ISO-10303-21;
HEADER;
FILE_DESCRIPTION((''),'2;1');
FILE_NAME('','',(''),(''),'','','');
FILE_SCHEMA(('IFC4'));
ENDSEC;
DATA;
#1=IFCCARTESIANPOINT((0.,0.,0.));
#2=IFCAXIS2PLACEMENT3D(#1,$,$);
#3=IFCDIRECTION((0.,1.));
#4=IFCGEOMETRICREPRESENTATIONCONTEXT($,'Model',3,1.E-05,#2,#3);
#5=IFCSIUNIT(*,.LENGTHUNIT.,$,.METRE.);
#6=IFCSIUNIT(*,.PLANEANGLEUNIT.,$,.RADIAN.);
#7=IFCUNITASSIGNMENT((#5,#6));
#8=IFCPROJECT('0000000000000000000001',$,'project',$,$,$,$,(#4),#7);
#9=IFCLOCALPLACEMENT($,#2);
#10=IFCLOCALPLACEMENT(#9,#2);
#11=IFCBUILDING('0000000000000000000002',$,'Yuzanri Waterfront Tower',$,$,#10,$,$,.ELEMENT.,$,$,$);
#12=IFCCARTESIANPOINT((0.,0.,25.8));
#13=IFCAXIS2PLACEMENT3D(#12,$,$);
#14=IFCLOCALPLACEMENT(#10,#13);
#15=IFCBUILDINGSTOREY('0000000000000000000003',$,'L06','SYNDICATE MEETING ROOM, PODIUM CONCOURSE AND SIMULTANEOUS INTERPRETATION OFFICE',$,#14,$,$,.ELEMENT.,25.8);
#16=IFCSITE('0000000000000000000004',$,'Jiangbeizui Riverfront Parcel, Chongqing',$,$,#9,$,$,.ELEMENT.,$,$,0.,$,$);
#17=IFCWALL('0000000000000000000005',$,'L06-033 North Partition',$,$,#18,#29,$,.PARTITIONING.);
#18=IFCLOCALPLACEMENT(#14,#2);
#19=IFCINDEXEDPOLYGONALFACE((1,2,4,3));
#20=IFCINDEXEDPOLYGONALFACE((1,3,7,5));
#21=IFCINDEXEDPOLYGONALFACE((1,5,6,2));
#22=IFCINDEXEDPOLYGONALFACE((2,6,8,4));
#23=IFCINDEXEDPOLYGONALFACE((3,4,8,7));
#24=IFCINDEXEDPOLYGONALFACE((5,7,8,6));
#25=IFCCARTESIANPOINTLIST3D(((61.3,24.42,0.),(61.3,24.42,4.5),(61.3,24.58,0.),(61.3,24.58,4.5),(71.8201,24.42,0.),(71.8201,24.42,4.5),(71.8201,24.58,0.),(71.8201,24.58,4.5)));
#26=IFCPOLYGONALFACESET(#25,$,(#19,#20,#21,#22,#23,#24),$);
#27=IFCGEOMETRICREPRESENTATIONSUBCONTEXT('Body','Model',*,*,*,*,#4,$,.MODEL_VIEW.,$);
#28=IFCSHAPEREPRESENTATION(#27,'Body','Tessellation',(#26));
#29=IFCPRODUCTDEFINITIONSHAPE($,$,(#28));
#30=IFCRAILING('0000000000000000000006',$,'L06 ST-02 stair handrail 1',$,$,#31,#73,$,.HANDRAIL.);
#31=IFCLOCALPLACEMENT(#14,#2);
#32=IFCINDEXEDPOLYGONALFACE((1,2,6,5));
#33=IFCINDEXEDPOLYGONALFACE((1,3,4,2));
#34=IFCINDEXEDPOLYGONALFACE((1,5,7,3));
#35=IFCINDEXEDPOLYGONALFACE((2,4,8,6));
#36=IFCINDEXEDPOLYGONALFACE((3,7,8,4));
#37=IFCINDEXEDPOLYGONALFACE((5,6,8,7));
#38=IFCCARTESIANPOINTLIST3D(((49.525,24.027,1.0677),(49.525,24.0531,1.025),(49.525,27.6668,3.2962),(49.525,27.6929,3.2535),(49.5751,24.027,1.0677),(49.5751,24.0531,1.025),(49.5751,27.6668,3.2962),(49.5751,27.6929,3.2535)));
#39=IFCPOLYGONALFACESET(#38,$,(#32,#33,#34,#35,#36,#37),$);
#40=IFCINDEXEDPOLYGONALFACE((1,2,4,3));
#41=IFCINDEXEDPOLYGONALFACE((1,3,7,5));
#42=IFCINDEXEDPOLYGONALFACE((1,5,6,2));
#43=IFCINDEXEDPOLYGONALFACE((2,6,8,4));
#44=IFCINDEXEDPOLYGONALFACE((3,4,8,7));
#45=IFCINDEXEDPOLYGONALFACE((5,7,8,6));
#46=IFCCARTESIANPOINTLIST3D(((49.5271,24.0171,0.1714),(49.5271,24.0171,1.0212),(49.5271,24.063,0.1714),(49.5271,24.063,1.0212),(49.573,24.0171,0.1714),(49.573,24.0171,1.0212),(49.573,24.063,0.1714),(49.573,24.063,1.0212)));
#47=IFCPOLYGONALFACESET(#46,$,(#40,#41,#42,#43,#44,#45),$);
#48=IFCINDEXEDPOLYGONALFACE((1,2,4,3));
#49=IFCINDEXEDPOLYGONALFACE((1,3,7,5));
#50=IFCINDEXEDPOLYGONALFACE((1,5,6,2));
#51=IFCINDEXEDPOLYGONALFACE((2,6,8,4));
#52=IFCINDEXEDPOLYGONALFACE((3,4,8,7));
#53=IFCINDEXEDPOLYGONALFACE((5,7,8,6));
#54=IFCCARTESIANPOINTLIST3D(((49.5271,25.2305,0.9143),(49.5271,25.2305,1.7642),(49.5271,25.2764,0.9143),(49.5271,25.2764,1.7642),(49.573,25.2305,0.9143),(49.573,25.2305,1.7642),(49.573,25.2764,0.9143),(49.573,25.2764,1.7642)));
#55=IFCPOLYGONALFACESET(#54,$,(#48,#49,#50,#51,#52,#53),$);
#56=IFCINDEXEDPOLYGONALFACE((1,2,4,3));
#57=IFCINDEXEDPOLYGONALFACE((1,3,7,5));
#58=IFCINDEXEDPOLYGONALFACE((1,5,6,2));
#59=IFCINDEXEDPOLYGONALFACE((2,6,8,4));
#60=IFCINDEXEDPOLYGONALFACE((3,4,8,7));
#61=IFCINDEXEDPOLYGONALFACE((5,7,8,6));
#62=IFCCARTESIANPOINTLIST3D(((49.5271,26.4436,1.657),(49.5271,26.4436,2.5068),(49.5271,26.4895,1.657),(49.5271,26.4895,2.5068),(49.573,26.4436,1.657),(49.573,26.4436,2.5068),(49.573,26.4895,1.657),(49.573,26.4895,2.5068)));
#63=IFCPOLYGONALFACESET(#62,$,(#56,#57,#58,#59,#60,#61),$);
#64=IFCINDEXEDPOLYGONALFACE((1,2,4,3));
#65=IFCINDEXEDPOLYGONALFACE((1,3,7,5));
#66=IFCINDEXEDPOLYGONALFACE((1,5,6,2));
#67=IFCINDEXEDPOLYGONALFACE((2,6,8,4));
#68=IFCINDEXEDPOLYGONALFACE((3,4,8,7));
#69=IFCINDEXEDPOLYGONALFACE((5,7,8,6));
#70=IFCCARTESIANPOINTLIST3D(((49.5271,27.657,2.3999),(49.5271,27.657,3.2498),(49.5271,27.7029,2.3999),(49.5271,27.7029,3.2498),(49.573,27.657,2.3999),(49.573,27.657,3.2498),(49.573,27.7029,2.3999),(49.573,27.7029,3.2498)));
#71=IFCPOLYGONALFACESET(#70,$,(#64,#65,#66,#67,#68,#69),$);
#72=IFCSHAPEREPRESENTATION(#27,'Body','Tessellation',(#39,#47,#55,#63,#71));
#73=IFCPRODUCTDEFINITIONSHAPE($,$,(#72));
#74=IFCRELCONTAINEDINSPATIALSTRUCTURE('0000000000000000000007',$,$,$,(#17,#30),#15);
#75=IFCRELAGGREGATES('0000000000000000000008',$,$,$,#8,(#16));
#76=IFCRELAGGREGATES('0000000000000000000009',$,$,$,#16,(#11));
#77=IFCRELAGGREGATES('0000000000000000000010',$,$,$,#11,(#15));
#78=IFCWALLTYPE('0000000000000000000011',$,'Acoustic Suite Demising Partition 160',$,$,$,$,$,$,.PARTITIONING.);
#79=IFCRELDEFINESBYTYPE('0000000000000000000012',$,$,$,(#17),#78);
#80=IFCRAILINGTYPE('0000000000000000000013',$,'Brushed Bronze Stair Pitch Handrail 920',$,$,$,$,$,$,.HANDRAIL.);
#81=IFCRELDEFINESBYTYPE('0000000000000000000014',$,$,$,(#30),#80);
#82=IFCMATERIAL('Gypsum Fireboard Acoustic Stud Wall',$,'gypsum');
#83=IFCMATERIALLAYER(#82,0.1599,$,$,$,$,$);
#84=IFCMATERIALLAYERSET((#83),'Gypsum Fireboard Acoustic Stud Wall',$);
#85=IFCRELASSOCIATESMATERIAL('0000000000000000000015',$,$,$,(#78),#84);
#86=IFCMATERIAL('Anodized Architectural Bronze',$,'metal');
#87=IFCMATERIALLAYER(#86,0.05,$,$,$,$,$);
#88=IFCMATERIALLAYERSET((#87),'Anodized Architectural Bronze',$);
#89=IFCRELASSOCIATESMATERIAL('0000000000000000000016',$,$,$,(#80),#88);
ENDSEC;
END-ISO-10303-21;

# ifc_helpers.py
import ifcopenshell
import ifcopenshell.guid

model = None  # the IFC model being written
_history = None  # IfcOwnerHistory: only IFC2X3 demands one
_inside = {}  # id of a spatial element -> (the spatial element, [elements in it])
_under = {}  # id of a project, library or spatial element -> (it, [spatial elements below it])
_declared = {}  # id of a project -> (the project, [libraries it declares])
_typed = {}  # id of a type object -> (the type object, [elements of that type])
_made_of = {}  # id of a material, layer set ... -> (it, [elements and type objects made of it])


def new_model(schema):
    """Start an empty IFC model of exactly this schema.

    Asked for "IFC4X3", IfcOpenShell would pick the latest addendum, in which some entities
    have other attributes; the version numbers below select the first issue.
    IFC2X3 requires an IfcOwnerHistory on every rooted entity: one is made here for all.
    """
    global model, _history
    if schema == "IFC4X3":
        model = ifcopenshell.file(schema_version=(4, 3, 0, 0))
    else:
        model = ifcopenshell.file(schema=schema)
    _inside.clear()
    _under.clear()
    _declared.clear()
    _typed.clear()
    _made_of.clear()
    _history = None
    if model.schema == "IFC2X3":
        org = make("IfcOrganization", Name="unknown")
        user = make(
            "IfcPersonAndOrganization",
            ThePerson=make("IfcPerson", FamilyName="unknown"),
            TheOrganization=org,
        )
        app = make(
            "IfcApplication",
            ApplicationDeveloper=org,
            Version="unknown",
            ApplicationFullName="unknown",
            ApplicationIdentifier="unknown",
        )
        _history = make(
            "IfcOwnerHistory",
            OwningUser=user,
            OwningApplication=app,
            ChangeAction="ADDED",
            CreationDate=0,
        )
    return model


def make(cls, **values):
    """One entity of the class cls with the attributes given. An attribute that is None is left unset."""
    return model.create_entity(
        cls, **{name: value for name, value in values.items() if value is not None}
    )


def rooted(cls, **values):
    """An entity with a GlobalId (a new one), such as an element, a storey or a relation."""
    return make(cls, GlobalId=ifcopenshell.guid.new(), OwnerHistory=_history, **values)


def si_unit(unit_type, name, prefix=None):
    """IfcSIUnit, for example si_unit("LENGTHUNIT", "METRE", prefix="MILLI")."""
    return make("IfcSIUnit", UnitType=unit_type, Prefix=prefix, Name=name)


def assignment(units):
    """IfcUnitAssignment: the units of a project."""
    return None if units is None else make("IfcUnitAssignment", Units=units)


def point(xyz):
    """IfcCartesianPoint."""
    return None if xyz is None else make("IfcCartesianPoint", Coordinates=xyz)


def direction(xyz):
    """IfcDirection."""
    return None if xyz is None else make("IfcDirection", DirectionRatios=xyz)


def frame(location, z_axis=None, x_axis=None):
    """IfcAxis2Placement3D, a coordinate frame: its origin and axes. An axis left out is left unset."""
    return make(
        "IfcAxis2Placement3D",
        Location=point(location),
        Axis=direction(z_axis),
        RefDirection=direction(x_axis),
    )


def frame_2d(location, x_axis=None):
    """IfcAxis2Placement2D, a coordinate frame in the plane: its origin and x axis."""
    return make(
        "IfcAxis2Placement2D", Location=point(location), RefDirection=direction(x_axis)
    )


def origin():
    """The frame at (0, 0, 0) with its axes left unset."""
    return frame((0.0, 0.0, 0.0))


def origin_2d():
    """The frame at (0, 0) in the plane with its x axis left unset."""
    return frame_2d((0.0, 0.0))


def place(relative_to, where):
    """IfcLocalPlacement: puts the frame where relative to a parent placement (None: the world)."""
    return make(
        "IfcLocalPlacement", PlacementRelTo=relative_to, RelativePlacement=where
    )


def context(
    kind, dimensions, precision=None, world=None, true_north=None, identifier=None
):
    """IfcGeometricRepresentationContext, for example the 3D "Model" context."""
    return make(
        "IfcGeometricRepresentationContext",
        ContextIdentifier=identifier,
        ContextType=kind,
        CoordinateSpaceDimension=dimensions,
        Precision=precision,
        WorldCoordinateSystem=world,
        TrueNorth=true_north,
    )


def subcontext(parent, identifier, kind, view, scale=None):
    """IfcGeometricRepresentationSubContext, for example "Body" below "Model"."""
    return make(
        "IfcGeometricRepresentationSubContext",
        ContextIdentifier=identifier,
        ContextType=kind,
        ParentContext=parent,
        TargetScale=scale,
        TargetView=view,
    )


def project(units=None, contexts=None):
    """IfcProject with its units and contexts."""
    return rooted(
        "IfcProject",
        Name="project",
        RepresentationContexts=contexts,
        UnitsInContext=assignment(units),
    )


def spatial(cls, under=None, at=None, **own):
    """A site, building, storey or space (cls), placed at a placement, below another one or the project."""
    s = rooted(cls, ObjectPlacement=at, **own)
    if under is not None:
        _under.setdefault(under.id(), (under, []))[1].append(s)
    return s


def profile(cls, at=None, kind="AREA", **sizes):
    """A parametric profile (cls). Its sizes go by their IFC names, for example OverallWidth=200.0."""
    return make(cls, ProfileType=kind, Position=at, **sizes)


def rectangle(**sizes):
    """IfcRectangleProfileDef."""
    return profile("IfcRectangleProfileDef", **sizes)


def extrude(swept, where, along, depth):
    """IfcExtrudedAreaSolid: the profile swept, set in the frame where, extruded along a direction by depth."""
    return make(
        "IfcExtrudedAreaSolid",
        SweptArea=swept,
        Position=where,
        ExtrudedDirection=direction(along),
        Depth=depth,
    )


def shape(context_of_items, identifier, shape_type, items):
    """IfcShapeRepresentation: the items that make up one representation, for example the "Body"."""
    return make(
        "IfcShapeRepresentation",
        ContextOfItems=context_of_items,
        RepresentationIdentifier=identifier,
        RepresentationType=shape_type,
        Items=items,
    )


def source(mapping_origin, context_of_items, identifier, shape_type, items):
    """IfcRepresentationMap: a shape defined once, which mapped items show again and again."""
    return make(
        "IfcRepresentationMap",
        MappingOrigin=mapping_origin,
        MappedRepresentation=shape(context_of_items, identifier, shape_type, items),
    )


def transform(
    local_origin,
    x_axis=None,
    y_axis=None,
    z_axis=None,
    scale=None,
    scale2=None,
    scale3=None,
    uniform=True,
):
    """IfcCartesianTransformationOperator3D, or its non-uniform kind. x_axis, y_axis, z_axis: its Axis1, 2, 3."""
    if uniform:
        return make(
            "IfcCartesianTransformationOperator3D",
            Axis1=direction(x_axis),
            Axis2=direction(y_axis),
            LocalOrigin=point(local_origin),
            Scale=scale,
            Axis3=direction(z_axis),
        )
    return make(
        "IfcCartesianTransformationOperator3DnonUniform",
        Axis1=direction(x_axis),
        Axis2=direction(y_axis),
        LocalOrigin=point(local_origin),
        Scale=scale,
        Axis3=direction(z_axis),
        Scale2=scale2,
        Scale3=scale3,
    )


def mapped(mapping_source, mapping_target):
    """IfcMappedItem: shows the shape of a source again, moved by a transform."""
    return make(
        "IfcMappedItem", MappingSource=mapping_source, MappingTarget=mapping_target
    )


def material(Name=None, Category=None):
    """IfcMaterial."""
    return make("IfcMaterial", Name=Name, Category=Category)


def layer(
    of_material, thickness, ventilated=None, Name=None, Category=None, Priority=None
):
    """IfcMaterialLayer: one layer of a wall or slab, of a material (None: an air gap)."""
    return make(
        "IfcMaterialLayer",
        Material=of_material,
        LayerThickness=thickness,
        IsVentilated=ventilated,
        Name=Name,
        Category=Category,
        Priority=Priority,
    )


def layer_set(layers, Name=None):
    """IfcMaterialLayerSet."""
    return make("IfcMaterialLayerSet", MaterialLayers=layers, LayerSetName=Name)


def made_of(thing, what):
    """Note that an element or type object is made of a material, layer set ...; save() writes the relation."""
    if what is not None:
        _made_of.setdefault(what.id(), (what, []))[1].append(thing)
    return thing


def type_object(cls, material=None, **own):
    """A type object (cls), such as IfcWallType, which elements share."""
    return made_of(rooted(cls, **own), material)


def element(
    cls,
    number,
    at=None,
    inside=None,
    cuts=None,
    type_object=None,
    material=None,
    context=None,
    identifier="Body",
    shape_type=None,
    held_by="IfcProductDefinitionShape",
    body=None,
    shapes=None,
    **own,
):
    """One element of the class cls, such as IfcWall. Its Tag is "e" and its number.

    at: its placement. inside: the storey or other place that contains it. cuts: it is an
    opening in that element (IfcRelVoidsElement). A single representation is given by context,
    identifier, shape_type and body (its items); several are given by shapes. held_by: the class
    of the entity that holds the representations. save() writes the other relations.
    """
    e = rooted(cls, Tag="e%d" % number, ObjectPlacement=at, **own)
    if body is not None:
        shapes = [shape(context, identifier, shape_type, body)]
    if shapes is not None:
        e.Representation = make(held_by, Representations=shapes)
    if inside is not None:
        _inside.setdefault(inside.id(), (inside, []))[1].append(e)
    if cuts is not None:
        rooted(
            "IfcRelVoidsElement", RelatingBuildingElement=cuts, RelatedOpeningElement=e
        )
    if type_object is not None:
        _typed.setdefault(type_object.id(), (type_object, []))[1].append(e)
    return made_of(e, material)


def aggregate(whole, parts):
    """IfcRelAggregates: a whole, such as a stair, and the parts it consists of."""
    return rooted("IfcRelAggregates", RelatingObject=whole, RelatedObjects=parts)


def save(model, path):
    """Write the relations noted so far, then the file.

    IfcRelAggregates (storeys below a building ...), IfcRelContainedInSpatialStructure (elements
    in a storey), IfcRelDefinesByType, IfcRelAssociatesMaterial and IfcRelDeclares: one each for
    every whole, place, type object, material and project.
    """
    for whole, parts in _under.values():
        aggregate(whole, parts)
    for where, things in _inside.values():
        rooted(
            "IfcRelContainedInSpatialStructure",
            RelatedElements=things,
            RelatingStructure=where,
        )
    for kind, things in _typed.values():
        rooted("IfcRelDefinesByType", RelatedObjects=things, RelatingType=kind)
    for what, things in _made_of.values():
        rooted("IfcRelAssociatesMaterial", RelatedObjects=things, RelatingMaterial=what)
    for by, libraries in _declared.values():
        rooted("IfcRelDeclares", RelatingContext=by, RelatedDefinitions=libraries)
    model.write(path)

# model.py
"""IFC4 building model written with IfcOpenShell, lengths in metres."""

from ifc_helpers import new_model, si_unit, direction, frame, frame_2d, origin, origin_2d, place, context, subcontext, project, spatial, rectangle, extrude, source, transform, mapped, material, layer, layer_set, type_object, element, save


model = new_model("IFC4")

# Units and contexts
model_context = context("Model", 3, precision=1e-05, world=origin(), true_north=direction((0.0, 1.0)))
body_context = subcontext(model_context, "Body", "Model", "MODEL_VIEW")
ifc_project = project(units=[si_unit("LENGTHUNIT", "METRE"), si_unit("PLANEANGLEUNIT", "RADIAN")], contexts=[model_context])

# Site, building, storey
site_placement = place(None, origin())
site = spatial("IfcSite", under=ifc_project, at=site_placement, Name="Jiangbeizui Riverfront Parcel, Chongqing", CompositionType="ELEMENT", RefElevation=0.0)
building_placement = place(site_placement, origin())
building = spatial("IfcBuilding", under=site, at=building_placement, Name="Yuzanri Waterfront Tower", CompositionType="ELEMENT")
storey_placement = place(building_placement, frame((0.0, 0.0, 25.8)))
storey = spatial("IfcBuildingStorey", under=building, at=storey_placement, Name="L06", Description="SYNDICATE MEETING ROOM, PODIUM CONCOURSE AND SIMULTANEOUS INTERPRETATION OFFICE", CompositionType="ELEMENT", Elevation=25.8)

# Wall
ifc_material_1 = material(Name="Gypsum Fireboard Acoustic Stud Wall", Category="gypsum")
ifc_layer_1 = layer(ifc_material_1, 0.1599)
ifc_layer_set_1 = layer_set([ifc_layer_1], Name="Gypsum Fireboard Acoustic Stud Wall")
wall_type_1 = type_object("IfcWallType", Name="Acoustic Suite Demising Partition 160", PredefinedType="PARTITIONING", material=ifc_layer_set_1)
shared_shape_1 = source(origin(), body_context, "Body", "SweptSolid", [
    extrude(rectangle(XDim=10.52, YDim=0.1599, at=frame_2d((5.26, 0.0))), origin(), (0.0, 0.0, 1.0), 4.5),
])
wall_1_placement = place(storey_placement, frame((61.3, 24.5, 0.0), z_axis=(0.0, 0.0, 1.0), x_axis=(1.0, 0.0, 0.0)))
element("IfcWall", 1, at=wall_1_placement, inside=storey, type_object=wall_type_1, Name="L06-033 North Partition", PredefinedType="PARTITIONING", context=body_context, shape_type="MappedRepresentation", body=[
    mapped(shared_shape_1, transform((0.0, 0.0, 0.0), scale=1.0)),
])

# Railing
ifc_material_2 = material(Name="Anodized Architectural Bronze", Category="metal")
ifc_layer_2 = layer(ifc_material_2, 0.05)
ifc_layer_set_2 = layer_set([ifc_layer_2], Name="Anodized Architectural Bronze")
railing_type = type_object("IfcRailingType", Name="Brushed Bronze Stair Pitch Handrail 920", PredefinedType="HANDRAIL", material=ifc_layer_set_2)
shared_shape_2 = source(origin(), body_context, "Body", "SweptSolid", [
    extrude(rectangle(XDim=0.05, YDim=0.05, at=origin_2d()), frame((0.0, 0.0, 0.875), z_axis=(0.0, 0.85285, 0.522156), x_axis=(-1.0, 0.0, 0.0)), (0.0, 0.0, 1.0), 4.2678),
    extrude(rectangle(XDim=0.0459, YDim=0.0459, at=origin_2d()), origin(), (0.0, 0.0, 1.0), 0.8499),
    extrude(rectangle(XDim=0.0459, YDim=0.0459, at=origin_2d()), frame((0.0, 1.2134, 0.7429)), (0.0, 0.0, 1.0), 0.8499),
    extrude(rectangle(XDim=0.0459, YDim=0.0459, at=origin_2d()), frame((0.0, 2.4265, 1.4856)), (0.0, 0.0, 1.0), 0.8499),
    extrude(rectangle(XDim=0.0459, YDim=0.0459, at=origin_2d()), frame((0.0, 3.6399, 2.2285)), (0.0, 0.0, 1.0), 0.8499),
])
railing_placement = place(storey_placement, frame((49.55, 24.04, 0.1714)))
element("IfcRailing", 2, at=railing_placement, inside=storey, type_object=railing_type, Name="L06 ST-02 stair handrail 1", PredefinedType="HANDRAIL", context=body_context, shape_type="MappedRepresentation", body=[
    mapped(shared_shape_2, transform((0.0, 0.0, 0.0), scale=1.0)),
])

save(model, "model.ifc")
